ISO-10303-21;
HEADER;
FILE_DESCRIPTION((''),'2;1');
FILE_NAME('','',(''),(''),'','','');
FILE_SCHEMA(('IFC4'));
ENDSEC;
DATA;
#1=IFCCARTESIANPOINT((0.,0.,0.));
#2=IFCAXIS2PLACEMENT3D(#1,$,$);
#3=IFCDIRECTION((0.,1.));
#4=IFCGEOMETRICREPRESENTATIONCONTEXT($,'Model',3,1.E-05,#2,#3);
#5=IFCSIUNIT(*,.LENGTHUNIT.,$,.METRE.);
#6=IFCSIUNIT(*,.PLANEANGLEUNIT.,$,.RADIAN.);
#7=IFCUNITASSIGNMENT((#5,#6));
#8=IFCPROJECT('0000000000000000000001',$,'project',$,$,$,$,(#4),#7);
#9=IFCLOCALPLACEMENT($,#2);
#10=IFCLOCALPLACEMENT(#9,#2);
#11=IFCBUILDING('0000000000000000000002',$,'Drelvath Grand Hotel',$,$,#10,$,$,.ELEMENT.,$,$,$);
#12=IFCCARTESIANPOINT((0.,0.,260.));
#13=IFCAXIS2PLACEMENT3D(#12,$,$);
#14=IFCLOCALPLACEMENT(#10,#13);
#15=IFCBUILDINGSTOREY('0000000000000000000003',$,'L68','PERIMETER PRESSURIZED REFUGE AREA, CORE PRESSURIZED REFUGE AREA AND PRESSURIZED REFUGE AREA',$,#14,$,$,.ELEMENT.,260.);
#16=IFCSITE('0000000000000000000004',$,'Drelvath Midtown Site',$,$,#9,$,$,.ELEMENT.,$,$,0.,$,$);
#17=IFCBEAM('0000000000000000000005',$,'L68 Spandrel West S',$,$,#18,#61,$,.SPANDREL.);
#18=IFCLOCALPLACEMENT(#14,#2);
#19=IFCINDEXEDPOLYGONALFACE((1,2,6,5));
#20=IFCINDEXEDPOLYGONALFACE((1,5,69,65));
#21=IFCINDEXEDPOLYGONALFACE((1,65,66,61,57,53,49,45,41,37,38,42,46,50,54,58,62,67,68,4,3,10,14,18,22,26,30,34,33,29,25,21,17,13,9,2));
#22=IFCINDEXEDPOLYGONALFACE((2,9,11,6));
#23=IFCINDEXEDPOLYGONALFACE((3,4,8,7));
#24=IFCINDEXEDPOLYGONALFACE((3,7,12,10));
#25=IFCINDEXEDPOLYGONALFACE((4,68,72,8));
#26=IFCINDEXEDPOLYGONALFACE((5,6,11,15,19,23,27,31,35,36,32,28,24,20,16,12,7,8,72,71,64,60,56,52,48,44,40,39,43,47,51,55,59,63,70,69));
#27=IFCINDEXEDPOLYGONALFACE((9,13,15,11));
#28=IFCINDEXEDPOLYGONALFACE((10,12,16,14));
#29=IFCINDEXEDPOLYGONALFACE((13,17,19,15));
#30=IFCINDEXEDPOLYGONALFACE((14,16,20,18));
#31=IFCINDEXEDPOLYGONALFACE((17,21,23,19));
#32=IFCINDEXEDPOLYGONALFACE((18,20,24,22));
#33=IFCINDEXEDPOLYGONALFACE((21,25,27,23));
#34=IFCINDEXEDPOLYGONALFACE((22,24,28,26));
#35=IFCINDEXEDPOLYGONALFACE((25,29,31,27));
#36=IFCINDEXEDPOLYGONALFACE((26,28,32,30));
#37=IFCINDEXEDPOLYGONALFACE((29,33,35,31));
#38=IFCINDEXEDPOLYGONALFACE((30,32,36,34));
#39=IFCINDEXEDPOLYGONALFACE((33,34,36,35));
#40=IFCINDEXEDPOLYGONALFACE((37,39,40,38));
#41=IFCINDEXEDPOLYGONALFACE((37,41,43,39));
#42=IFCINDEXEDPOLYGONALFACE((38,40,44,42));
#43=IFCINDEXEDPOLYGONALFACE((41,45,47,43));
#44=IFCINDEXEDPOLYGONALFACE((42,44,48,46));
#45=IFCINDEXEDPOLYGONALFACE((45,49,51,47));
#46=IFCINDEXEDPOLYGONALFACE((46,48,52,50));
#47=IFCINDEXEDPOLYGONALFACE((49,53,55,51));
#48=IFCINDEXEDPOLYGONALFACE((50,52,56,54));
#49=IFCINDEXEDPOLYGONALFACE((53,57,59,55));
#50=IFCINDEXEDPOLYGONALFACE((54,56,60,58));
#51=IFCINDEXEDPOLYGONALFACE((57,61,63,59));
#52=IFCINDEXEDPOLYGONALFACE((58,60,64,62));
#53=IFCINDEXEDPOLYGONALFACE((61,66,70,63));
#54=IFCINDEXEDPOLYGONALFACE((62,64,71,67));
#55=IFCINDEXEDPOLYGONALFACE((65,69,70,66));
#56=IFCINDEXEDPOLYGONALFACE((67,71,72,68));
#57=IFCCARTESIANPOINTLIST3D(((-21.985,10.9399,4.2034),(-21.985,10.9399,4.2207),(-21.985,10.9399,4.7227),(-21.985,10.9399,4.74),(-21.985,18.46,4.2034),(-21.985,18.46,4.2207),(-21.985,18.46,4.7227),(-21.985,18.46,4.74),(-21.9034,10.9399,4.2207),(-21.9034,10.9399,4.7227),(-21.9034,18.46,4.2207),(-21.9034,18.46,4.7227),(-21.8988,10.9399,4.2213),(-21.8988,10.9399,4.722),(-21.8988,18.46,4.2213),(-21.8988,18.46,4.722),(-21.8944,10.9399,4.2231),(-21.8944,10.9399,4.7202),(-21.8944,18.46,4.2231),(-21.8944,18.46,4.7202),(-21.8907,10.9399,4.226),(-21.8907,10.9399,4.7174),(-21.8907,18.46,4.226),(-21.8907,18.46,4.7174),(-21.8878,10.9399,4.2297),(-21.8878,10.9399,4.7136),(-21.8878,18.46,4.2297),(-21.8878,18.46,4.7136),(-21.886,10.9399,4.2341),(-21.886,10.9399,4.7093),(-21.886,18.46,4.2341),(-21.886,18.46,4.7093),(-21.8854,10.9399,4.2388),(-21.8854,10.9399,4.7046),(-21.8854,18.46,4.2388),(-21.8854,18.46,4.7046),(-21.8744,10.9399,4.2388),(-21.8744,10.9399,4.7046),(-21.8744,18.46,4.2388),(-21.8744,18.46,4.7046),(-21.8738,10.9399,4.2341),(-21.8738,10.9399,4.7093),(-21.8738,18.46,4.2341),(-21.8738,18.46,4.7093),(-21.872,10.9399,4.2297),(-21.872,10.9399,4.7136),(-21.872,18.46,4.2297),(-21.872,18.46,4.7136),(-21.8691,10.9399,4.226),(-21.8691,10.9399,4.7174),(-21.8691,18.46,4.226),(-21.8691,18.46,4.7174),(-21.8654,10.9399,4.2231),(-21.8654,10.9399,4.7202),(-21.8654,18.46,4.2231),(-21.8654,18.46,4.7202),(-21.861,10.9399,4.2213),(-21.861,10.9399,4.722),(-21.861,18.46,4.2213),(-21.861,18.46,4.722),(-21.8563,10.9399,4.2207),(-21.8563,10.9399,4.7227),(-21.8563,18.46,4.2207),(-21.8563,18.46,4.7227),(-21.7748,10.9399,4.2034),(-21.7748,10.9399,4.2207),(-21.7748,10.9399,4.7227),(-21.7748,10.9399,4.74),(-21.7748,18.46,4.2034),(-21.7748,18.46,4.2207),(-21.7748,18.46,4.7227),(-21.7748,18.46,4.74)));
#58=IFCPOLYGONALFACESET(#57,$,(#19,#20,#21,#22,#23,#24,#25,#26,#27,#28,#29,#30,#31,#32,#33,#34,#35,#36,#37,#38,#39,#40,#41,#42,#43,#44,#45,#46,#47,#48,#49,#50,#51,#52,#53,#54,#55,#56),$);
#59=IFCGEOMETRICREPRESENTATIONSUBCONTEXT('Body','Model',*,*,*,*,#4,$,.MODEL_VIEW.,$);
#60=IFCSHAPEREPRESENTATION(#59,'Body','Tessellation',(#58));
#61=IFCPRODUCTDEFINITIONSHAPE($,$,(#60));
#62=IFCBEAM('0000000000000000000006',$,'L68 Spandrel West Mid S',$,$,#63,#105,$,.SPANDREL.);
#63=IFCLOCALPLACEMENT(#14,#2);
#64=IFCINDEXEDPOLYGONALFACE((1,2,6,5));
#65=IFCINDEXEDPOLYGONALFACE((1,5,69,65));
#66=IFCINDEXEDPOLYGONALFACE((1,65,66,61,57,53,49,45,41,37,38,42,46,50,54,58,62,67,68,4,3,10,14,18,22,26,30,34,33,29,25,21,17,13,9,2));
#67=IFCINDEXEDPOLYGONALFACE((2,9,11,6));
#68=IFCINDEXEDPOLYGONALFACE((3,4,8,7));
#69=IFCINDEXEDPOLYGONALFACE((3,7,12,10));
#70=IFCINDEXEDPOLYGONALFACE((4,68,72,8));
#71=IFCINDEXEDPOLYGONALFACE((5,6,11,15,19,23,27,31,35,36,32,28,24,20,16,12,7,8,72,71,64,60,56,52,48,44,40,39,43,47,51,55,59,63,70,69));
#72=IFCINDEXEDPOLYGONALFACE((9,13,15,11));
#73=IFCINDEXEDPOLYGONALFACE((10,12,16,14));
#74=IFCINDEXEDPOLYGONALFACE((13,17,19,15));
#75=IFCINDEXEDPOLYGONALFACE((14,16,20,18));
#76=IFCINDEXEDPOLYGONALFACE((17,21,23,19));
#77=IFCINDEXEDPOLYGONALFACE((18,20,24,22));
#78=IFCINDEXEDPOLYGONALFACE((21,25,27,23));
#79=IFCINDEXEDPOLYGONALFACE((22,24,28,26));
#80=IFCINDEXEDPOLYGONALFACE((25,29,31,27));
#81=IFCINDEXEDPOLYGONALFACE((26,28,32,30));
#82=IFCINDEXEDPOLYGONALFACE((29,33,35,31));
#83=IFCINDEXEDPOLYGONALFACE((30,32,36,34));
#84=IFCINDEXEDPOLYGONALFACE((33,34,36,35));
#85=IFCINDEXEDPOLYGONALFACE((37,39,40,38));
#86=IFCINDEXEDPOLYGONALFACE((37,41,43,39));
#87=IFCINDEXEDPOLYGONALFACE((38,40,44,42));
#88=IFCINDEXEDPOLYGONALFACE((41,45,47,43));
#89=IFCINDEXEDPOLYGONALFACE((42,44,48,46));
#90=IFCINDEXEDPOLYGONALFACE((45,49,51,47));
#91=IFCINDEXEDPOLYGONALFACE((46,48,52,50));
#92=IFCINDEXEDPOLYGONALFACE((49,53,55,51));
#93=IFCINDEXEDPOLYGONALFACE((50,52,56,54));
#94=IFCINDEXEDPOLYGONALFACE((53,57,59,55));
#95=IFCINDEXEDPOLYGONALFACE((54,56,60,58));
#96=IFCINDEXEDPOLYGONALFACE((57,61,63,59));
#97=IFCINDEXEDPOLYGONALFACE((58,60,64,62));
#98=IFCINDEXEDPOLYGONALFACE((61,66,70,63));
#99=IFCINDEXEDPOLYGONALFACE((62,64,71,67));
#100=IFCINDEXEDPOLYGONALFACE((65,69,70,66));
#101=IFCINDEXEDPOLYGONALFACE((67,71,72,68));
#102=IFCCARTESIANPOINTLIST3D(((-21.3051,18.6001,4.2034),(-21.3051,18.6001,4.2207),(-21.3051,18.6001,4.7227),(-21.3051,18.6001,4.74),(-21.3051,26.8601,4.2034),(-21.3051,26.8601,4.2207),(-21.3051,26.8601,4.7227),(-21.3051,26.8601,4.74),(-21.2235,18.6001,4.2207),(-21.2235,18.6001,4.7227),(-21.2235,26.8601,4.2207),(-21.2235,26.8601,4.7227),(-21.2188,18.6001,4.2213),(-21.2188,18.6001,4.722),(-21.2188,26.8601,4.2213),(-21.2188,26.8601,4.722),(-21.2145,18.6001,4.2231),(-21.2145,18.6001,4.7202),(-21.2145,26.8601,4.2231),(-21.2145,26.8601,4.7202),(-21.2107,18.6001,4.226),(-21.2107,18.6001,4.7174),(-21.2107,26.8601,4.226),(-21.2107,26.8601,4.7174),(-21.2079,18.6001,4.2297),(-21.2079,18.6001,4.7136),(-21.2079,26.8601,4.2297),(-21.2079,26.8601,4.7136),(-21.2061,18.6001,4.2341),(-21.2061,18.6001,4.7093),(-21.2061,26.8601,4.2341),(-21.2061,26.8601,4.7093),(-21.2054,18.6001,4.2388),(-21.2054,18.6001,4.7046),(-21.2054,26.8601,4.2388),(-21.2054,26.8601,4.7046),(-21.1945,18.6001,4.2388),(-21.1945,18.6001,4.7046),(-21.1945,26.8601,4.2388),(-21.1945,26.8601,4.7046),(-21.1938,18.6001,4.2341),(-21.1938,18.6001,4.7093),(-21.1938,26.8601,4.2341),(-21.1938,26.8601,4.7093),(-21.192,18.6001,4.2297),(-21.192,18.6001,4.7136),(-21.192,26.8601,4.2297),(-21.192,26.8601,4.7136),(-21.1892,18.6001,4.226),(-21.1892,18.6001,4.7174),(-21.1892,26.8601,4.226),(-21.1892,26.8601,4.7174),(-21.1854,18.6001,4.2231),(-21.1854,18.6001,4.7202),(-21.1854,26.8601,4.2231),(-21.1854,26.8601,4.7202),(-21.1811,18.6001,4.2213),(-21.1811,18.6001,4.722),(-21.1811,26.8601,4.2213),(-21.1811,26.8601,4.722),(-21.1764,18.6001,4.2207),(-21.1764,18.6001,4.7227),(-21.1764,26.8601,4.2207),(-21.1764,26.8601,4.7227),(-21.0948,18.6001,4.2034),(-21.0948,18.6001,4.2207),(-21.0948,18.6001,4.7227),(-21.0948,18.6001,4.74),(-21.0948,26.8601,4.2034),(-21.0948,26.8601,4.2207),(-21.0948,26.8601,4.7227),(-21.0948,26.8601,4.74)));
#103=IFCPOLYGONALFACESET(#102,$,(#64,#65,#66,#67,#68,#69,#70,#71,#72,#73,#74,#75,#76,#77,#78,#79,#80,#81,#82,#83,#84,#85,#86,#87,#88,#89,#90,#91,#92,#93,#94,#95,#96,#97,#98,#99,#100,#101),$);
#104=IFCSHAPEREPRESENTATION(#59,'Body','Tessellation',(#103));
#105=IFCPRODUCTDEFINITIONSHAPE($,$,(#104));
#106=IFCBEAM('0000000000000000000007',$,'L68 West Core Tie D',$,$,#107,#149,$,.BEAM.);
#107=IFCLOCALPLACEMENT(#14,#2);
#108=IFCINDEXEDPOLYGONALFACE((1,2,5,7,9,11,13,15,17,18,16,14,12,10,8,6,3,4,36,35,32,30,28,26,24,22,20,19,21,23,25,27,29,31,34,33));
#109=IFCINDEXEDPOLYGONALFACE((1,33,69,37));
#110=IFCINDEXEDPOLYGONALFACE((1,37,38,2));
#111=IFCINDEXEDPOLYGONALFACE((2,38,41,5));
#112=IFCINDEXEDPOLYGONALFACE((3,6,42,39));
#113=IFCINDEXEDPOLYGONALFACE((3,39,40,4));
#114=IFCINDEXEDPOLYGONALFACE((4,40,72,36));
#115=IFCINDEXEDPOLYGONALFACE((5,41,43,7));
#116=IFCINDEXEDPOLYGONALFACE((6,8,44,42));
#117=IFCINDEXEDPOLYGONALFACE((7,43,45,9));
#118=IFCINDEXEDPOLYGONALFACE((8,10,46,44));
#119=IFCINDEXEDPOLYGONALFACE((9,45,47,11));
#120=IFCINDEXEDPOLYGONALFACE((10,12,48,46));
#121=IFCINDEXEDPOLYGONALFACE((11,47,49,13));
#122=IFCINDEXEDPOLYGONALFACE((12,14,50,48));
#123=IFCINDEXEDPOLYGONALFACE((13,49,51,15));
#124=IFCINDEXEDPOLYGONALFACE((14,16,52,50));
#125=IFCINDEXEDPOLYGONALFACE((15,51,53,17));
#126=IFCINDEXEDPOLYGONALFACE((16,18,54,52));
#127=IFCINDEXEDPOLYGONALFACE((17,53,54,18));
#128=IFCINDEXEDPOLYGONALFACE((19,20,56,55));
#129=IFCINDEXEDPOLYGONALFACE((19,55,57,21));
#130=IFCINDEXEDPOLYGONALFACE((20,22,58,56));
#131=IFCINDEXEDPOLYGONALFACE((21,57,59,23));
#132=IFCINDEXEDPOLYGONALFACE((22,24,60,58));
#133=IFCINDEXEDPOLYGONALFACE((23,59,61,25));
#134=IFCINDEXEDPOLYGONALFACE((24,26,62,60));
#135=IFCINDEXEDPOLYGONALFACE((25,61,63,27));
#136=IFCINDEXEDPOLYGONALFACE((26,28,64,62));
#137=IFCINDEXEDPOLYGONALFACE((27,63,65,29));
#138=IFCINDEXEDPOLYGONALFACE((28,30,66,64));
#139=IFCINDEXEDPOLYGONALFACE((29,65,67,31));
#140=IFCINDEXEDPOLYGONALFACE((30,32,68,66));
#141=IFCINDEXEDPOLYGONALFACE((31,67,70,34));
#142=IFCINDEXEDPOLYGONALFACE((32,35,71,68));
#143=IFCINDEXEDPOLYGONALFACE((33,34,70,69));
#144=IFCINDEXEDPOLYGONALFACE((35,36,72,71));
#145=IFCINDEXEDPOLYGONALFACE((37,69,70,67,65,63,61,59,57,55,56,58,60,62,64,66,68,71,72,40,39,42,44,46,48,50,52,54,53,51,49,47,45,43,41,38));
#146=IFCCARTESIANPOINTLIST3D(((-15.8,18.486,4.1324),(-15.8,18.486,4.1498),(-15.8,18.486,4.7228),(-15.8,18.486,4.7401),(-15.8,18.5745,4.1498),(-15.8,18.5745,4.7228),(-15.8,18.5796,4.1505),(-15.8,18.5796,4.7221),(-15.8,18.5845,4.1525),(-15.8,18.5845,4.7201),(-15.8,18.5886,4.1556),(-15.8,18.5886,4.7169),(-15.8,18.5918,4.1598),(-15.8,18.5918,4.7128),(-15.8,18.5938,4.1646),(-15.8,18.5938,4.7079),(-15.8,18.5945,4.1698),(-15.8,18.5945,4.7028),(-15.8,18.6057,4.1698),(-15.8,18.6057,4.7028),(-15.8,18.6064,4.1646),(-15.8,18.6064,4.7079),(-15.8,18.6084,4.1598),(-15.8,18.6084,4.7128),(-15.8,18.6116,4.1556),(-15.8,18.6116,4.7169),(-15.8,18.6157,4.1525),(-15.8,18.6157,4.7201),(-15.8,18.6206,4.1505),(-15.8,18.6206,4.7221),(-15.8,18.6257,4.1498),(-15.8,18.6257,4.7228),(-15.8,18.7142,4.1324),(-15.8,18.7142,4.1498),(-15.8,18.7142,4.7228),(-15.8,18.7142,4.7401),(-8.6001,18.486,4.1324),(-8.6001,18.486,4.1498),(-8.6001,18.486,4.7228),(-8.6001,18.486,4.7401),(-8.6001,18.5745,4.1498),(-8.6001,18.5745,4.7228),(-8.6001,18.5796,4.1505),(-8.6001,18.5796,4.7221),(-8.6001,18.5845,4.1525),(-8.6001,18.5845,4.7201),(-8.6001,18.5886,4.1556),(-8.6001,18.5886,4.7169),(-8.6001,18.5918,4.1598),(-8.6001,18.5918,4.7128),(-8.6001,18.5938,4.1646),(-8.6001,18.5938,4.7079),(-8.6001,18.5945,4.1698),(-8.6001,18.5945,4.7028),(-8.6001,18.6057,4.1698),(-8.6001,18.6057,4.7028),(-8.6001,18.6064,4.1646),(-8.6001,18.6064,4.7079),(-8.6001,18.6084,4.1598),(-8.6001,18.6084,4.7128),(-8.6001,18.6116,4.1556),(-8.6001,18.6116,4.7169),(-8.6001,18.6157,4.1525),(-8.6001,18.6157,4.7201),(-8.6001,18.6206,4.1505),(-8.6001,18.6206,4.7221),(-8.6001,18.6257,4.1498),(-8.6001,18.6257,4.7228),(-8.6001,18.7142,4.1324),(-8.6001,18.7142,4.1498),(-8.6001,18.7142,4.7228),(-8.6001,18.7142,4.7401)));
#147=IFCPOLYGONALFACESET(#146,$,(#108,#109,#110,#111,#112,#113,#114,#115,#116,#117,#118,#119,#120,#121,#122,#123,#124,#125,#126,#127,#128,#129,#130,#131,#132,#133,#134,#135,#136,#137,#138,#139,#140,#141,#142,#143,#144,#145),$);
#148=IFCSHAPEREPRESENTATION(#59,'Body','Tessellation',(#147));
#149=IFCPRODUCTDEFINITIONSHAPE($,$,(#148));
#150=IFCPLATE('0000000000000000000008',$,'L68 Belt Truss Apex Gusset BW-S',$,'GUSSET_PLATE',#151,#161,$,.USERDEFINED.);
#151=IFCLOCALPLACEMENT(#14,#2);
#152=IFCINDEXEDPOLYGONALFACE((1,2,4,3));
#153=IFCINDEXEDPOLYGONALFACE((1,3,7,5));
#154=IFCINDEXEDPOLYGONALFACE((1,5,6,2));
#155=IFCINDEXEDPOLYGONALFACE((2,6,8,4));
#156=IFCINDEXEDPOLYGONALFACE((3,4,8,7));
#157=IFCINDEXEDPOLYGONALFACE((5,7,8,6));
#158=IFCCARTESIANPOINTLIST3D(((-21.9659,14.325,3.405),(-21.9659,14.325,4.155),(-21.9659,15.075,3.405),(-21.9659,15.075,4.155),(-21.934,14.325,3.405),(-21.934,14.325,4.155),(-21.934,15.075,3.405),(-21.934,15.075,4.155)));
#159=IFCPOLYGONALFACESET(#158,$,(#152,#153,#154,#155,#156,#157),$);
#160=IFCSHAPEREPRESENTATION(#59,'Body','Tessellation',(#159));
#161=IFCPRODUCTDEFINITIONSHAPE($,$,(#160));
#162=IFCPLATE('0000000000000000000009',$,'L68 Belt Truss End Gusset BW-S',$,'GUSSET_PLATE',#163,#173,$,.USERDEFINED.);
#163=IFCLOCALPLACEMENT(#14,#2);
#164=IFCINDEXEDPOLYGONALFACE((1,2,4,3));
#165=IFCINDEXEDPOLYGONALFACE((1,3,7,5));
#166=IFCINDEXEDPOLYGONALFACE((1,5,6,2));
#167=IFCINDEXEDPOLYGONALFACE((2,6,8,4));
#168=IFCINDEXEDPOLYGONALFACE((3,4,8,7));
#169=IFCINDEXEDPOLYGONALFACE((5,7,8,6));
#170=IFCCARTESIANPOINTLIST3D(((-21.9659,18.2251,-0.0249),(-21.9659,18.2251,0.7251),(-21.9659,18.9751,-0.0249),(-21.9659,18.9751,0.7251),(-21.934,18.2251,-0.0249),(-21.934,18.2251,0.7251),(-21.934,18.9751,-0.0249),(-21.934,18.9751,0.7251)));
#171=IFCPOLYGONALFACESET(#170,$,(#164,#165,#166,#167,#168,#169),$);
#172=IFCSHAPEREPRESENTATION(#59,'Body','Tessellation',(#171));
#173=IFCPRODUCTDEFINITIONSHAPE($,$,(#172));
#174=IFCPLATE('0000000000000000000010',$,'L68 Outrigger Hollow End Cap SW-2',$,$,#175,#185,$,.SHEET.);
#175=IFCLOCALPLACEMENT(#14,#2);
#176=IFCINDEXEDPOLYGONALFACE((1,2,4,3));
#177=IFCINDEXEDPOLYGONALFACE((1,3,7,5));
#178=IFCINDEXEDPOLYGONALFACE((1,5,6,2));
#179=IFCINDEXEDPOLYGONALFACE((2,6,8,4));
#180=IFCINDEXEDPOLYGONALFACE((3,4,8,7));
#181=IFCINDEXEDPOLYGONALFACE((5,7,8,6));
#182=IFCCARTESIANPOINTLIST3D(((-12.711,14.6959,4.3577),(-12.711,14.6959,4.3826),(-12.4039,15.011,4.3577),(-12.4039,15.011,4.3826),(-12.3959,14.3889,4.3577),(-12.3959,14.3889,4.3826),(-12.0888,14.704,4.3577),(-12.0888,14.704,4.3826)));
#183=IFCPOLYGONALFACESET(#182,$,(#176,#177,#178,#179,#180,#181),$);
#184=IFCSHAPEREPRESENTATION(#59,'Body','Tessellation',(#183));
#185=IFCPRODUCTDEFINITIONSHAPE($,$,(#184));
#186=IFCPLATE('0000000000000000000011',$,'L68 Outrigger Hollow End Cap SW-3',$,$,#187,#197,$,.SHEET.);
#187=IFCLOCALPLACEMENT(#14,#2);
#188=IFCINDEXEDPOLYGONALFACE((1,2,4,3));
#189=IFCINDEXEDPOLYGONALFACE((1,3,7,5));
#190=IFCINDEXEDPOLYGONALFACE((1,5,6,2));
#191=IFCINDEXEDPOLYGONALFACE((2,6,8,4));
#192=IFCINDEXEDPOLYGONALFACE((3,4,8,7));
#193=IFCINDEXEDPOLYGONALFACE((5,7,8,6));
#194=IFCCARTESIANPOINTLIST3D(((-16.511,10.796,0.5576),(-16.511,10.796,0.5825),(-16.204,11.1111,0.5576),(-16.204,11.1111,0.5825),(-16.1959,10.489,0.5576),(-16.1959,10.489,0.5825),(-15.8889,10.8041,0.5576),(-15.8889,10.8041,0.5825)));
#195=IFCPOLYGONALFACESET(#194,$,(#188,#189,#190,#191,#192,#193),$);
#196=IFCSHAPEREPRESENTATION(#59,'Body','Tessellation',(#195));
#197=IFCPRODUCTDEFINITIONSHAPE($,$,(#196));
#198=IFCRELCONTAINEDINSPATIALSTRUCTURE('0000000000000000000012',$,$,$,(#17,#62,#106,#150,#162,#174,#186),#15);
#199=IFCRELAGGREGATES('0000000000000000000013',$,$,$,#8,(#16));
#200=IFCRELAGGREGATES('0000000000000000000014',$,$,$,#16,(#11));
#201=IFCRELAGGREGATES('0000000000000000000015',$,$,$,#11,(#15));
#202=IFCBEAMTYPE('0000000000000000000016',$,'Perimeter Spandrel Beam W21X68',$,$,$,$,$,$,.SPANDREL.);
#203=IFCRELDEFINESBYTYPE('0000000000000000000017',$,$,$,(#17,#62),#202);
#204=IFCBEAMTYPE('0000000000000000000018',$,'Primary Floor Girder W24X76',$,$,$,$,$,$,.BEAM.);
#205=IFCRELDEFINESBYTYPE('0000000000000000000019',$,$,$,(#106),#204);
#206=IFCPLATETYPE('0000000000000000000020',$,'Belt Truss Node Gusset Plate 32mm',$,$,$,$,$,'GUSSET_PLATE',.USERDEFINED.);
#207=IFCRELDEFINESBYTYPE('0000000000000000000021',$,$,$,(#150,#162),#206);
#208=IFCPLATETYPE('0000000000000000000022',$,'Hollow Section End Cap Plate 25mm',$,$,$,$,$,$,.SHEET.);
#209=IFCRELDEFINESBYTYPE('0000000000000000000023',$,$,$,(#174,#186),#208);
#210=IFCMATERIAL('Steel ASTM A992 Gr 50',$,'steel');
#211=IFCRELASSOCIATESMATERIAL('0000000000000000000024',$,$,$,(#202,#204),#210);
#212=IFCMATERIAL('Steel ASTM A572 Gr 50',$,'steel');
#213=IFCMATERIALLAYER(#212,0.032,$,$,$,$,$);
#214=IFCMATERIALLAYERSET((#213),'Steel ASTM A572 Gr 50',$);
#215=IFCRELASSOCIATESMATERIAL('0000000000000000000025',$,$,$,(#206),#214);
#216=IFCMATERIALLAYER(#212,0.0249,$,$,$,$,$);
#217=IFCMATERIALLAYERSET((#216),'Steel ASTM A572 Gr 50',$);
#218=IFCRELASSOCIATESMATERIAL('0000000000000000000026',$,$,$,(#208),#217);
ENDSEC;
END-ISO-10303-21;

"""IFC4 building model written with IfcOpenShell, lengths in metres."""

from ifc_helpers import new_model, si_unit, direction, frame, origin, origin_2d, place, context, subcontext, project, spatial, rectangle, i_section, extrude, material, layer, layer_set, material_profile, profile_set, type_object, element, save


model = new_model("IFC4")

# Units and contexts
model_context = context("Model", 3, precision=1e-05, world=origin(), true_north=direction((0.0, 1.0)))
body_context = subcontext(model_context, "Body", "Model", "MODEL_VIEW")
ifc_project = project(units=[si_unit("LENGTHUNIT", "METRE"), si_unit("PLANEANGLEUNIT", "RADIAN")], contexts=[model_context])

# Site, building, storey
site_placement = place(None, origin())
site = spatial("IfcSite", under=ifc_project, at=site_placement, Name="Drelvath Midtown Site", CompositionType="ELEMENT", RefElevation=0.0)
building_placement = place(site_placement, origin())
building = spatial("IfcBuilding", under=site, at=building_placement, Name="Drelvath Grand Hotel", CompositionType="ELEMENT")
storey_placement = place(building_placement, frame((0.0, 0.0, 260.0)))
storey = spatial("IfcBuildingStorey", under=building, at=storey_placement, Name="L68", Description="PERIMETER PRESSURIZED REFUGE AREA, CORE PRESSURIZED REFUGE AREA AND PRESSURIZED REFUGE AREA", CompositionType="ELEMENT", Elevation=260.0)

# Shared definitions
ifc_material_1 = material(Name="Steel ASTM A572 Gr 50", Category="steel")
ifc_material_2 = material(Name="Steel ASTM A992 Gr 50", Category="steel")

# Beams
ifc_material_profile_1 = material_profile(ifc_material_2, i_section(OverallWidth=0.2102, OverallDepth=0.5366, WebThickness=0.011, FlangeThickness=0.0173, FilletRadius=0.0181, at=origin_2d()), Name="W21X68")
ifc_profile_set_1 = profile_set([ifc_material_profile_1], Name="Steel ASTM A992 Gr 50")
beam_type_1 = type_object("IfcBeamType", Name="Perimeter Spandrel Beam W21X68", PredefinedType="SPANDREL", material=ifc_profile_set_1)
beam_1_placement = place(storey_placement, frame((-21.8799, 10.9399, 4.4717), z_axis=(0.0, 1.0, 0.0), x_axis=(-1.0, 0.0, 0.0)))
element("IfcBeam", 1, at=beam_1_placement, inside=storey, type_object=beam_type_1, Name="L68 Spandrel West S", PredefinedType="SPANDREL", context=body_context, shape_type="SweptSolid", body=[
    extrude(i_section(OverallWidth=0.2102, OverallDepth=0.5366, WebThickness=0.011, FlangeThickness=0.0173, FilletRadius=0.0181, at=origin_2d()), origin(), (0.0, 0.0, 1.0), 7.52),
])
beam_2_placement = place(storey_placement, frame((-21.2, 18.6001, 4.4717), z_axis=(0.0, 1.0, 0.0), x_axis=(-1.0, 0.0, 0.0)))
element("IfcBeam", 2, at=beam_2_placement, inside=storey, type_object=beam_type_1, Name="L68 Spandrel West Mid S", PredefinedType="SPANDREL", context=body_context, shape_type="SweptSolid", body=[
    extrude(i_section(OverallWidth=0.2102, OverallDepth=0.5366, WebThickness=0.011, FlangeThickness=0.0173, FilletRadius=0.0181, at=origin_2d()), origin(), (0.0, 0.0, 1.0), 8.26),
])
ifc_material_profile_2 = material_profile(ifc_material_2, i_section(OverallWidth=0.2283, OverallDepth=0.6077, WebThickness=0.0112, FlangeThickness=0.0173, FilletRadius=0.02, at=origin_2d()), Name="W24X76")
ifc_profile_set_2 = profile_set([ifc_material_profile_2], Name="Steel ASTM A992 Gr 50")
beam_type_2 = type_object("IfcBeamType", Name="Primary Floor Girder W24X76", PredefinedType="BEAM", material=ifc_profile_set_2)
beam_3_placement = place(storey_placement, frame((-15.8, 18.6001, 4.4363), z_axis=(1.0, 0.0, 0.0), x_axis=(0.0, 1.0, 0.0)))
element("IfcBeam", 3, at=beam_3_placement, inside=storey, type_object=beam_type_2, Name="L68 West Core Tie D", PredefinedType="BEAM", context=body_context, shape_type="SweptSolid", body=[
    extrude(i_section(OverallWidth=0.2283, OverallDepth=0.6077, WebThickness=0.0112, FlangeThickness=0.0173, FilletRadius=0.02, at=origin_2d()), origin(), (0.0, 0.0, 1.0), 7.2),
])

# Plates
ifc_layer_1 = layer(ifc_material_1, 0.032)
ifc_layer_set_1 = layer_set([ifc_layer_1], Name="Steel ASTM A572 Gr 50")
plate_type_1 = type_object("IfcPlateType", Name="Belt Truss Node Gusset Plate 32mm", ElementType="GUSSET_PLATE", PredefinedType="USERDEFINED", material=ifc_layer_set_1)
for number, where, z_axis, x_axis, name in (
    (4, (-21.95, 14.7, 3.405), (0.0, 0.0, 1.0), (0.0, 1.0, 0.0), "L68 Belt Truss Apex Gusset BW-S"),
    (5, (-21.95, 18.6001, -0.0249), (0.0, 0.0, 1.0), (0.0, 1.0, 0.0), "L68 Belt Truss End Gusset BW-S"),
):
    element("IfcPlate", number, at=place(storey_placement, frame(where, z_axis=z_axis, x_axis=x_axis)), inside=storey, type_object=plate_type_1, Name=name, ObjectType="GUSSET_PLATE", PredefinedType="USERDEFINED", context=body_context, shape_type="SweptSolid", body=[
        extrude(rectangle(XDim=0.75, YDim=0.032, at=origin_2d()), origin(), (0.0, 0.0, 1.0), 0.75),
    ])
ifc_layer_2 = layer(ifc_material_1, 0.0249)
ifc_layer_set_2 = layer_set([ifc_layer_2], Name="Steel ASTM A572 Gr 50")
plate_type_2 = type_object("IfcPlateType", Name="Hollow Section End Cap Plate 25mm", PredefinedType="SHEET", material=ifc_layer_set_2)
for number, where, z_axis, x_axis, name in (
    (6, (-12.3999, 14.7, 4.3577), (0.0, 0.0, 1.0), (-0.697865, -0.71623, 0.0), "L68 Outrigger Hollow End Cap SW-2"),
    (7, (-16.2, 10.8, 0.5576), (0.0, 0.0, 1.0), (-0.697865, -0.71623, 0.0), "L68 Outrigger Hollow End Cap SW-3"),
):
    element("IfcPlate", number, at=place(storey_placement, frame(where, z_axis=z_axis, x_axis=x_axis)), inside=storey, type_object=plate_type_2, Name=name, PredefinedType="SHEET", context=body_context, shape_type="SweptSolid", body=[
        extrude(rectangle(XDim=0.4399, YDim=0.4399, at=origin_2d()), origin(), (0.0, 0.0, 1.0), 0.0249),
    ])

save(model, "model.ifc")
